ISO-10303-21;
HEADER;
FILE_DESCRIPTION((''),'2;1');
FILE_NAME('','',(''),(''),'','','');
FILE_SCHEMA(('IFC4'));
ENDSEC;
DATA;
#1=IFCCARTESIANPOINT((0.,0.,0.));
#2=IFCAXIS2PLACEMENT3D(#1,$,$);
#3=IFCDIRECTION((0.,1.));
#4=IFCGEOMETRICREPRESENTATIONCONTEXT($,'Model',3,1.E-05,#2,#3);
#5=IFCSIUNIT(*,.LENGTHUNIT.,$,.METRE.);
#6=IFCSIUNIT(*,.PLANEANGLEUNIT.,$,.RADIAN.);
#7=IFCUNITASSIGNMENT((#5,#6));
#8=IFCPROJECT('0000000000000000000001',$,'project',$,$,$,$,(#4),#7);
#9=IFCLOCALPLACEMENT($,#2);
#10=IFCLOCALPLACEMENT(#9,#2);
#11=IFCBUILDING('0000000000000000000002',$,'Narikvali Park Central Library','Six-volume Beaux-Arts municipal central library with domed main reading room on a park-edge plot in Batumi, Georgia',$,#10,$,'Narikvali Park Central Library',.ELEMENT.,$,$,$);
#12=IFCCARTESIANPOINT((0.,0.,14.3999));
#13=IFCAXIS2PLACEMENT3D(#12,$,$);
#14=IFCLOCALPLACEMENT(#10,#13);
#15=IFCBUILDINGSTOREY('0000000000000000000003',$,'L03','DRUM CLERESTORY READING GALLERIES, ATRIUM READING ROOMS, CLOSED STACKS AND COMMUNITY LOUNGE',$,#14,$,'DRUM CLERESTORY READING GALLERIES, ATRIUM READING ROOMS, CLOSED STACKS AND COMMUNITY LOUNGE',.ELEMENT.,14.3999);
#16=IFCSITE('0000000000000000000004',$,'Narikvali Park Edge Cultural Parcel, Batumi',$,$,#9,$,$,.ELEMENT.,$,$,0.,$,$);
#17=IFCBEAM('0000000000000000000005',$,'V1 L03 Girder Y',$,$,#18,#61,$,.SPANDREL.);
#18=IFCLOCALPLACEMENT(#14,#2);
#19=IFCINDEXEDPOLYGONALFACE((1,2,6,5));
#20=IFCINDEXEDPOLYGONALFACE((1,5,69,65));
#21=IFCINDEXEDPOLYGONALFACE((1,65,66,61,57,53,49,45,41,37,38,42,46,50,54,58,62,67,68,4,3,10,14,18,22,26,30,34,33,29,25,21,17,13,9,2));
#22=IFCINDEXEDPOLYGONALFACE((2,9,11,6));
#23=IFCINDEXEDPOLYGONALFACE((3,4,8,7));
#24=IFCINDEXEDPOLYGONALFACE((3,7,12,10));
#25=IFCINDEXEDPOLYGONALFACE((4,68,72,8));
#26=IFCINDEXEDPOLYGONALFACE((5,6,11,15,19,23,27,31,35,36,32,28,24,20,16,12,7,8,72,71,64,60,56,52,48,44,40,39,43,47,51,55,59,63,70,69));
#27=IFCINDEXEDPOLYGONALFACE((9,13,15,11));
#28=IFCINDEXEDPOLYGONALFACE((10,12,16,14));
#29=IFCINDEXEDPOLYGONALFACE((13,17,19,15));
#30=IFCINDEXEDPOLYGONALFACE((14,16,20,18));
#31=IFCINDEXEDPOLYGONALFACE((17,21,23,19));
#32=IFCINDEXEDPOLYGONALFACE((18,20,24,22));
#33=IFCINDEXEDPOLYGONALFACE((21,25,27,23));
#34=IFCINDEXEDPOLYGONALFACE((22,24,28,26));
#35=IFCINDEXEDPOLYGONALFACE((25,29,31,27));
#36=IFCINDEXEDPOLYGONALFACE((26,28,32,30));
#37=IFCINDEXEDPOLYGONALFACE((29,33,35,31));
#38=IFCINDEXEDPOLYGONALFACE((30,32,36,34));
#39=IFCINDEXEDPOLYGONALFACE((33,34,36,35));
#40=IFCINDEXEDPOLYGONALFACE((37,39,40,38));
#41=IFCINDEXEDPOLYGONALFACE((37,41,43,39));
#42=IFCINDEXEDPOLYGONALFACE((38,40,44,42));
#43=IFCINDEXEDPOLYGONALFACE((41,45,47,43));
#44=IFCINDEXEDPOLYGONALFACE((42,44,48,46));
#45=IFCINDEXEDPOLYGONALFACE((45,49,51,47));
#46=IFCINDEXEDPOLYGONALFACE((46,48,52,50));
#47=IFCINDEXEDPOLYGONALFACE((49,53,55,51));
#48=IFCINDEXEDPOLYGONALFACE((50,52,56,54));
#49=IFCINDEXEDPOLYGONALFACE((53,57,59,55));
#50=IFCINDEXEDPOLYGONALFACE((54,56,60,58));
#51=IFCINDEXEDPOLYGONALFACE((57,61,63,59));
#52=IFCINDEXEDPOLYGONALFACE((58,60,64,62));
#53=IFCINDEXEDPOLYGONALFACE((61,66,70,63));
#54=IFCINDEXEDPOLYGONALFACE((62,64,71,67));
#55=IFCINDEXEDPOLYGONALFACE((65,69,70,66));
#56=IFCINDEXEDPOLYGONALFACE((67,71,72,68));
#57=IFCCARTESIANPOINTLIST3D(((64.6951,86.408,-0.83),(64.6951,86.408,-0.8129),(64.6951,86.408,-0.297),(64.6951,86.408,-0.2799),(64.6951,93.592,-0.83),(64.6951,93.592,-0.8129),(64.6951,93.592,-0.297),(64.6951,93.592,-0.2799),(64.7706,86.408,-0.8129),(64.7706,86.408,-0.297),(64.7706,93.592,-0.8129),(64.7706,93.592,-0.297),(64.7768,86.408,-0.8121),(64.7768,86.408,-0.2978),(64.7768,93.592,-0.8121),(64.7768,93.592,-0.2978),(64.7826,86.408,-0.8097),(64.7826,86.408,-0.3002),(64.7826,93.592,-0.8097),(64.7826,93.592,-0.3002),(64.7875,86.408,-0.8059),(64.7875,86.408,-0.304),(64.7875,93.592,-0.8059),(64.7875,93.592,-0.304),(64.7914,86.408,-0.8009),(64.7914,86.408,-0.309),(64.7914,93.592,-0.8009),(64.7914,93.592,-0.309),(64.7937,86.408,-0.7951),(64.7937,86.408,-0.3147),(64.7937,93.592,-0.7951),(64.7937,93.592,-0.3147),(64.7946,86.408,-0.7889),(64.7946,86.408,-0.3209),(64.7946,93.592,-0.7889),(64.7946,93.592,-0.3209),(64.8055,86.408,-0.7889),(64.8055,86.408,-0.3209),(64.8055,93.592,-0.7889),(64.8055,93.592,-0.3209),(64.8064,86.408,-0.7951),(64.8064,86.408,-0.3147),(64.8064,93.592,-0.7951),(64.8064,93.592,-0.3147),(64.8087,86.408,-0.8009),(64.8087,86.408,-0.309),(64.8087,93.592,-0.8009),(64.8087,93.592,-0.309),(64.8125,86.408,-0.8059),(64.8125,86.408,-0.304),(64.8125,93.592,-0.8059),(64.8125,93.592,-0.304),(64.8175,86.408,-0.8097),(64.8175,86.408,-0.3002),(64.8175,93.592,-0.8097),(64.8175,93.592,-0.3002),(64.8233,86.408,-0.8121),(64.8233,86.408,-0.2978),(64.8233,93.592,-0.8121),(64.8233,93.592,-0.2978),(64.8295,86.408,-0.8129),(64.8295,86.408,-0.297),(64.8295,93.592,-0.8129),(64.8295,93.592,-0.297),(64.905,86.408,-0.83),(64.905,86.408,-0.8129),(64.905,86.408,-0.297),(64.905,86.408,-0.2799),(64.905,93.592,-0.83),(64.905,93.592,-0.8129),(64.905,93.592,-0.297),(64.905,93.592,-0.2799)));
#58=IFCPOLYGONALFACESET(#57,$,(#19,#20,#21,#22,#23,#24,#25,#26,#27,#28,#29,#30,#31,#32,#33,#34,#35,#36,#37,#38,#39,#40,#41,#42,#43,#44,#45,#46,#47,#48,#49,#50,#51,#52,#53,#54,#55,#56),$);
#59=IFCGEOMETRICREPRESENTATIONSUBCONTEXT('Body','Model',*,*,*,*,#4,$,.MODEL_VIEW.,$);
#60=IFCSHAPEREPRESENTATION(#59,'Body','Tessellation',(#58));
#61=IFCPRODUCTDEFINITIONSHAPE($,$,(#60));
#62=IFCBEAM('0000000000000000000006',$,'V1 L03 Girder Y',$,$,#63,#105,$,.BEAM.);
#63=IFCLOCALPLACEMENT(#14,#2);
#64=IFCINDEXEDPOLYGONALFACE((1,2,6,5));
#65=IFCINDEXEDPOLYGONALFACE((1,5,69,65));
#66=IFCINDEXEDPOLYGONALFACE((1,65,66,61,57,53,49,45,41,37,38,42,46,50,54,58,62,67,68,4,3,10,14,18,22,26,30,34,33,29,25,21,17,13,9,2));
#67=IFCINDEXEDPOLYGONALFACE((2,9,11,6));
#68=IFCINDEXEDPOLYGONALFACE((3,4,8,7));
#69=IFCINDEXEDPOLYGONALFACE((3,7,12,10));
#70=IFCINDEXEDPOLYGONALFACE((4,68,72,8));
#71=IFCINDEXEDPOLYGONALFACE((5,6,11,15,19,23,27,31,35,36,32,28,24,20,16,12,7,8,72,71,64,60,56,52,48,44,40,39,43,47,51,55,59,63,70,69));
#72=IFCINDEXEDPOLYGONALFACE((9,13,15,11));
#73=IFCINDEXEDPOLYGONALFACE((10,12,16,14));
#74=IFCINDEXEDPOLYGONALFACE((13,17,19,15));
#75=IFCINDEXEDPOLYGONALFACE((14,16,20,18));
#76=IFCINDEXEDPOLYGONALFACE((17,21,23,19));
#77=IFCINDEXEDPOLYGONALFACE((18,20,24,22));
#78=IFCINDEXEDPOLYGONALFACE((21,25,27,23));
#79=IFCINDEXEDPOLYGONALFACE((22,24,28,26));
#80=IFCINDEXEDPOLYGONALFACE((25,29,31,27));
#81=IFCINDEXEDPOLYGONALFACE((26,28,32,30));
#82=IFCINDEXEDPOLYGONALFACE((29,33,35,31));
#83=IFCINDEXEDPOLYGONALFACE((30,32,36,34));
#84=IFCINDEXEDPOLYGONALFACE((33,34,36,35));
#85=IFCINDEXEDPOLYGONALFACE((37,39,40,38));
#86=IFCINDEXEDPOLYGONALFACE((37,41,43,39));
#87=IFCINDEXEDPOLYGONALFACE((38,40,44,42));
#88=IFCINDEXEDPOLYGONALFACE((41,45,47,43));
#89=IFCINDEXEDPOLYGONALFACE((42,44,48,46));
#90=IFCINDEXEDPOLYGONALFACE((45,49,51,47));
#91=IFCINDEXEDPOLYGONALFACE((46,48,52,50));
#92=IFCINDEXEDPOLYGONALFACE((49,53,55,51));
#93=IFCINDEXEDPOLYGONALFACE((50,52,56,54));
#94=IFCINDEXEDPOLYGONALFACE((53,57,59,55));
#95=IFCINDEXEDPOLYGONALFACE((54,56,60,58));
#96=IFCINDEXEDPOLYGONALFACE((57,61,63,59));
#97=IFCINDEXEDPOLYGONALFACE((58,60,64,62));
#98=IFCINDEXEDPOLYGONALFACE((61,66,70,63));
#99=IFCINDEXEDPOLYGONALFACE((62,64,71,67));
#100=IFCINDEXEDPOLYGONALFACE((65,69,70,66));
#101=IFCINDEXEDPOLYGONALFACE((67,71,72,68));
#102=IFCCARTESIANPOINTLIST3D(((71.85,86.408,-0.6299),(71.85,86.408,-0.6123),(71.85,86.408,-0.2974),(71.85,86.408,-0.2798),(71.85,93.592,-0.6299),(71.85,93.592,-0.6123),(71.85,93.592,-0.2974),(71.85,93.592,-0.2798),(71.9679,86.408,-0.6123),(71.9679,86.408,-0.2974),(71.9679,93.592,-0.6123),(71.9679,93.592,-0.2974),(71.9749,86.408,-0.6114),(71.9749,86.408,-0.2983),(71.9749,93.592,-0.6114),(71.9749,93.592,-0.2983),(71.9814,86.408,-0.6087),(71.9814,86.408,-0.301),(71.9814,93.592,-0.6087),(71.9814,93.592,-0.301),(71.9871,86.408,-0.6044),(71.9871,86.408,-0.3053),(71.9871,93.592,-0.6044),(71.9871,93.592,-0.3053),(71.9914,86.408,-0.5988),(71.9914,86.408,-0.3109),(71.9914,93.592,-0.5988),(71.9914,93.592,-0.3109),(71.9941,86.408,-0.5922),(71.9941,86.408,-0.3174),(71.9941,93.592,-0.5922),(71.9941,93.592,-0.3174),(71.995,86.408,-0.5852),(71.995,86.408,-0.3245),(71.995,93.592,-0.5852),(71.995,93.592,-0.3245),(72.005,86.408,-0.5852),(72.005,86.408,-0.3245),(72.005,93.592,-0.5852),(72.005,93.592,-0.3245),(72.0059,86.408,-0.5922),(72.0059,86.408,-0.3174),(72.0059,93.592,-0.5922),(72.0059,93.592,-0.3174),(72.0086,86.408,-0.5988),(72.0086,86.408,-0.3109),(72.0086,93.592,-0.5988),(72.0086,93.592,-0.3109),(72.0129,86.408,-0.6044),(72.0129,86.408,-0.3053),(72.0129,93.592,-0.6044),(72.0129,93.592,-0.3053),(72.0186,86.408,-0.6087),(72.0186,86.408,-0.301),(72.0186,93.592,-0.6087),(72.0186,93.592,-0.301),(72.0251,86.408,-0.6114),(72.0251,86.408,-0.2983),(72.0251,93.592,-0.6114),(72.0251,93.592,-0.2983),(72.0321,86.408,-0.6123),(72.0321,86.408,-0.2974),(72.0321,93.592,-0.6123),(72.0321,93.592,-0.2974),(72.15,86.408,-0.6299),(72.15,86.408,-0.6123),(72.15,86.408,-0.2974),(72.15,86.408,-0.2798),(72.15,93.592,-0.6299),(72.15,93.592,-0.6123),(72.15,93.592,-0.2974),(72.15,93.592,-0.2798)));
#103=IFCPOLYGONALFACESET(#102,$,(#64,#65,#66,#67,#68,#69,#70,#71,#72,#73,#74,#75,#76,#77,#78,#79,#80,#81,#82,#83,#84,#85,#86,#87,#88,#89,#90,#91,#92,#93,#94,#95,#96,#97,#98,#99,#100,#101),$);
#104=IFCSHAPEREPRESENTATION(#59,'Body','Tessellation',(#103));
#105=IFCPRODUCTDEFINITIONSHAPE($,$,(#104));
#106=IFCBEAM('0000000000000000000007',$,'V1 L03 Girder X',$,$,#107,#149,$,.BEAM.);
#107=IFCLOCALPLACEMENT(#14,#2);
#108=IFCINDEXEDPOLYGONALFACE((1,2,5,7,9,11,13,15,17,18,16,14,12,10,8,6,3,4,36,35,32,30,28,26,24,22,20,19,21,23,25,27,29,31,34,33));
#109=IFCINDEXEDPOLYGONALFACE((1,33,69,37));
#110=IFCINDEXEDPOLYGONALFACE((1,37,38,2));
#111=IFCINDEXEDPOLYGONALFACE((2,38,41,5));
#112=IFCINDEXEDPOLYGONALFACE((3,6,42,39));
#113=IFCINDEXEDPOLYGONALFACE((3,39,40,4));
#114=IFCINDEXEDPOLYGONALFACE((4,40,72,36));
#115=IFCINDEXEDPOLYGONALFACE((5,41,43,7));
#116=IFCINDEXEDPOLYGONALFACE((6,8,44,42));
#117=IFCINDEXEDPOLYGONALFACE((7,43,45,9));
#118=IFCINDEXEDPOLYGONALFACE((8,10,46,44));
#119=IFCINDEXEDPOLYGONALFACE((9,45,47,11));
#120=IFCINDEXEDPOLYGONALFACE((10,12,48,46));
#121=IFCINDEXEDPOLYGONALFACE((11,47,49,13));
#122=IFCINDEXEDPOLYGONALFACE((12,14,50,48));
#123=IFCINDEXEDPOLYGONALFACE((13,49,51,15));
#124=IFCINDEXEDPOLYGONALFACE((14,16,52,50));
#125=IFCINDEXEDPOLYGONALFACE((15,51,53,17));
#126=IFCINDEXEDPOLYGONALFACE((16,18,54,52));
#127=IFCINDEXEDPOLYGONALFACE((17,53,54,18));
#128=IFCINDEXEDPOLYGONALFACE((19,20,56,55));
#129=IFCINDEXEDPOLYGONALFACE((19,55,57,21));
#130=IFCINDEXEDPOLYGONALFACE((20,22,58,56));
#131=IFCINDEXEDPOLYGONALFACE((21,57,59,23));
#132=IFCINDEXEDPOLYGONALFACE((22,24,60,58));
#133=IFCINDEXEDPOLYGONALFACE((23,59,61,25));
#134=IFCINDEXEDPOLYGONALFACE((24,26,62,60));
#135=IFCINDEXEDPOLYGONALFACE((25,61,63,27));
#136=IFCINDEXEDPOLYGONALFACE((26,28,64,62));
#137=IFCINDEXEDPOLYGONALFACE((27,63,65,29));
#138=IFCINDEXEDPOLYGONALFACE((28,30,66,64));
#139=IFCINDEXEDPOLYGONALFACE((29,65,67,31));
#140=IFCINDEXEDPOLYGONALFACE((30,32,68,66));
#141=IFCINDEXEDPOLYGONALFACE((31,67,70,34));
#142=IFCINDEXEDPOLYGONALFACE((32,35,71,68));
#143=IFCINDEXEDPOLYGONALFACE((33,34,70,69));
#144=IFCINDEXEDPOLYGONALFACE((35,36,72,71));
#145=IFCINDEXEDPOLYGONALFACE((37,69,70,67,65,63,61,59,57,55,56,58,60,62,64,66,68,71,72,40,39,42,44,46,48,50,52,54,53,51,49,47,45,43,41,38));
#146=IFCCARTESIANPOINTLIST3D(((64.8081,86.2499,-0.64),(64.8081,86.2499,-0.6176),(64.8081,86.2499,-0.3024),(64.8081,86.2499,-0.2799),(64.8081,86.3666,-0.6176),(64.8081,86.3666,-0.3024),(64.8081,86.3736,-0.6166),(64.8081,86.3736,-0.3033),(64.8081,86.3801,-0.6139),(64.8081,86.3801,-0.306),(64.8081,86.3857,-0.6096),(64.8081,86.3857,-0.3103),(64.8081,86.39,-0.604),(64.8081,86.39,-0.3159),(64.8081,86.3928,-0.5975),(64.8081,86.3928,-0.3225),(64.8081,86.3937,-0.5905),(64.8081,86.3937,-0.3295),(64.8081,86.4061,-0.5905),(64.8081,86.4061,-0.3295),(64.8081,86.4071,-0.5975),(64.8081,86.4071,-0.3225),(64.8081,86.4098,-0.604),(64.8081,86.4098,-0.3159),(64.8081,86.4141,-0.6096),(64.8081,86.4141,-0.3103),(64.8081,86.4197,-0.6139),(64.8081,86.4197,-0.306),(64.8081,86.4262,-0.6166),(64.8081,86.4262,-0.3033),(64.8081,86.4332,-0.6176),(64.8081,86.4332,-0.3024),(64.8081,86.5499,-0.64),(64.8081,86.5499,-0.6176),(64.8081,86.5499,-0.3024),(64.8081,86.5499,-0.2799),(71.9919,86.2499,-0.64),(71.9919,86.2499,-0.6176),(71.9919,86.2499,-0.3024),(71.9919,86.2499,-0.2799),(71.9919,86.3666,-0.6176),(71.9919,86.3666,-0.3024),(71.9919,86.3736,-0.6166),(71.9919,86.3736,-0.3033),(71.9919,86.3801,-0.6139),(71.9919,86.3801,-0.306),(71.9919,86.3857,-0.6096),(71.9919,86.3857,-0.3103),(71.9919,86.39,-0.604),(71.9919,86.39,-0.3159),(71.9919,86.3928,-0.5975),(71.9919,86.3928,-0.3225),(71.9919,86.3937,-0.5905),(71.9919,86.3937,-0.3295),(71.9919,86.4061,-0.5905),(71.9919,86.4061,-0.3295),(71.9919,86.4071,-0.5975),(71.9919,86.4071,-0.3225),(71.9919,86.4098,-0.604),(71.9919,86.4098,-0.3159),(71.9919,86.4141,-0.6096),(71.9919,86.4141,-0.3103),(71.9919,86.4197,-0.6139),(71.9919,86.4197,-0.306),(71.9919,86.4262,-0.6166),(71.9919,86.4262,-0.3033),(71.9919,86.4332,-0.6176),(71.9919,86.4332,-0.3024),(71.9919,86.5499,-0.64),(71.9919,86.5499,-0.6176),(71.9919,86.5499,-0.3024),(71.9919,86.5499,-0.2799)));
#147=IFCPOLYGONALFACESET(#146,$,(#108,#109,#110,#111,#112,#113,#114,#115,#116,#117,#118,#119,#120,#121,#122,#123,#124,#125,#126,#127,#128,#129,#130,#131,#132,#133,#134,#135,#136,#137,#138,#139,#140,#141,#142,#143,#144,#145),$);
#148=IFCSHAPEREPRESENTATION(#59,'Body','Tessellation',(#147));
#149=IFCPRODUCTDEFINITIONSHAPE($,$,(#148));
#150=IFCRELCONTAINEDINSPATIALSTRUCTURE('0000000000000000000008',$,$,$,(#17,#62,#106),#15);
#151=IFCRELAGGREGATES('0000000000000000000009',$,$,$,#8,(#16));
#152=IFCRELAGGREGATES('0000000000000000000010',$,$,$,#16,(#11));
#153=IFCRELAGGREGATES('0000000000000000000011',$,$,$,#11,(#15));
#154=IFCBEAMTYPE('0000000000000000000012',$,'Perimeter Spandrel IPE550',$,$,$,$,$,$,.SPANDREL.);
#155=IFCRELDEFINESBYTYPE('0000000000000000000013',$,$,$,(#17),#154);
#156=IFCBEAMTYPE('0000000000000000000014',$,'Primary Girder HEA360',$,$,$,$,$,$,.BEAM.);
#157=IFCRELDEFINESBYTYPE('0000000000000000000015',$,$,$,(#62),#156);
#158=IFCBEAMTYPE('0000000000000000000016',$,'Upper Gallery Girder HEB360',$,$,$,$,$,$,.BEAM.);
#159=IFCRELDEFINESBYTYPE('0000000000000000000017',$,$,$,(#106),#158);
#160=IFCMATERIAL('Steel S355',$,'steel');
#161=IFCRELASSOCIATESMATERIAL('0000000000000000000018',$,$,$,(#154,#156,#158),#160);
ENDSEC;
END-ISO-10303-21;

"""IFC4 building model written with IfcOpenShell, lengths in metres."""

from ifc_helpers import new_model, si_unit, direction, frame, origin, origin_2d, place, context, subcontext, project, spatial, i_section, extrude, material, material_profile, profile_set, type_object, element, save


model = new_model("IFC4")

# Units and contexts
model_context = context("Model", 3, precision=1e-05, world=origin(), true_north=direction((0.0, 1.0)))
body_context = subcontext(model_context, "Body", "Model", "MODEL_VIEW")
ifc_project = project(units=[si_unit("LENGTHUNIT", "METRE"), si_unit("PLANEANGLEUNIT", "RADIAN")], contexts=[model_context])

# Site, building, storey
site_placement = place(None, origin())
site = spatial("IfcSite", under=ifc_project, at=site_placement, Name="Narikvali Park Edge Cultural Parcel, Batumi", CompositionType="ELEMENT", RefElevation=0.0)
building_placement = place(site_placement, origin())
building = spatial("IfcBuilding", under=site, at=building_placement, Name="Narikvali Park Central Library", Description="Six-volume Beaux-Arts municipal central library with domed main reading room on a park-edge plot in Batumi, Georgia", LongName="Narikvali Park Central Library", CompositionType="ELEMENT")
storey_placement = place(building_placement, frame((0.0, 0.0, 14.3999)))
storey = spatial("IfcBuildingStorey", under=building, at=storey_placement, Name="L03", Description="DRUM CLERESTORY READING GALLERIES, ATRIUM READING ROOMS, CLOSED STACKS AND COMMUNITY LOUNGE", LongName="DRUM CLERESTORY READING GALLERIES, ATRIUM READING ROOMS, CLOSED STACKS AND COMMUNITY LOUNGE", CompositionType="ELEMENT", Elevation=14.3999)

# Shared definitions
ifc_material_1 = material(Name="Steel S355", Category="steel")

# Beams
ifc_material_profile_1 = material_profile(ifc_material_1, i_section(OverallWidth=0.21, OverallDepth=0.55, WebThickness=0.011, FlangeThickness=0.0171, FilletRadius=0.0239, at=origin_2d()), Name="IPE 550")
ifc_profile_set_1 = profile_set([ifc_material_profile_1], Name="Steel S355")
beam_type_1 = type_object("IfcBeamType", Name="Perimeter Spandrel IPE550", PredefinedType="SPANDREL", material=ifc_profile_set_1)
beam_1_placement = place(storey_placement, frame((64.8, 86.408, -0.5549), z_axis=(0.0, 1.0, 0.0), x_axis=(-1.0, 0.0, 0.0)))
element("IfcBeam", 1, at=beam_1_placement, inside=storey, type_object=beam_type_1, Name="V1 L03 Girder Y", PredefinedType="SPANDREL", context=body_context, shape_type="SweptSolid", body=[
    extrude(i_section(OverallWidth=0.21, OverallDepth=0.55, WebThickness=0.011, FlangeThickness=0.0171, FilletRadius=0.0239, at=origin_2d()), origin(), (0.0, 0.0, 1.0), 7.1841),
])
ifc_material_profile_2 = material_profile(ifc_material_1, i_section(OverallWidth=0.3, OverallDepth=0.3501, WebThickness=0.01, FlangeThickness=0.0176, FilletRadius=0.0271, at=origin_2d()), Name="HEA 360")
ifc_profile_set_2 = profile_set([ifc_material_profile_2], Name="Steel S355")
beam_type_2 = type_object("IfcBeamType", Name="Primary Girder HEA360", PredefinedType="BEAM", material=ifc_profile_set_2)
beam_2_placement = place(storey_placement, frame((72.0, 86.408, -0.4548), z_axis=(0.0, 1.0, 0.0), x_axis=(-1.0, 0.0, 0.0)))
element("IfcBeam", 2, at=beam_2_placement, inside=storey, type_object=beam_type_2, Name="V1 L03 Girder Y", PredefinedType="BEAM", context=body_context, shape_type="SweptSolid", body=[
    extrude(i_section(OverallWidth=0.3, OverallDepth=0.3501, WebThickness=0.01, FlangeThickness=0.0176, FilletRadius=0.0271, at=origin_2d()), origin(), (0.0, 0.0, 1.0), 7.1841),
])
ifc_material_profile_3 = material_profile(ifc_material_1, i_section(OverallWidth=0.3, OverallDepth=0.3601, WebThickness=0.0125, FlangeThickness=0.0225, FilletRadius=0.0271, at=origin_2d()), Name="HEB 360")
ifc_profile_set_3 = profile_set([ifc_material_profile_3], Name="Steel S355")
beam_type_3 = type_object("IfcBeamType", Name="Upper Gallery Girder HEB360", PredefinedType="BEAM", material=ifc_profile_set_3)
beam_3_placement = place(storey_placement, frame((64.8081, 86.3999, -0.46), z_axis=(1.0, 0.0, 0.0), x_axis=(0.0, 1.0, 0.0)))
element("IfcBeam", 3, at=beam_3_placement, inside=storey, type_object=beam_type_3, Name="V1 L03 Girder X", PredefinedType="BEAM", context=body_context, shape_type="SweptSolid", body=[
    extrude(i_section(OverallWidth=0.3, OverallDepth=0.3601, WebThickness=0.0125, FlangeThickness=0.0225, FilletRadius=0.0271, at=origin_2d()), origin(), (0.0, 0.0, 1.0), 7.1838),
])

save(model, "model.ifc")
